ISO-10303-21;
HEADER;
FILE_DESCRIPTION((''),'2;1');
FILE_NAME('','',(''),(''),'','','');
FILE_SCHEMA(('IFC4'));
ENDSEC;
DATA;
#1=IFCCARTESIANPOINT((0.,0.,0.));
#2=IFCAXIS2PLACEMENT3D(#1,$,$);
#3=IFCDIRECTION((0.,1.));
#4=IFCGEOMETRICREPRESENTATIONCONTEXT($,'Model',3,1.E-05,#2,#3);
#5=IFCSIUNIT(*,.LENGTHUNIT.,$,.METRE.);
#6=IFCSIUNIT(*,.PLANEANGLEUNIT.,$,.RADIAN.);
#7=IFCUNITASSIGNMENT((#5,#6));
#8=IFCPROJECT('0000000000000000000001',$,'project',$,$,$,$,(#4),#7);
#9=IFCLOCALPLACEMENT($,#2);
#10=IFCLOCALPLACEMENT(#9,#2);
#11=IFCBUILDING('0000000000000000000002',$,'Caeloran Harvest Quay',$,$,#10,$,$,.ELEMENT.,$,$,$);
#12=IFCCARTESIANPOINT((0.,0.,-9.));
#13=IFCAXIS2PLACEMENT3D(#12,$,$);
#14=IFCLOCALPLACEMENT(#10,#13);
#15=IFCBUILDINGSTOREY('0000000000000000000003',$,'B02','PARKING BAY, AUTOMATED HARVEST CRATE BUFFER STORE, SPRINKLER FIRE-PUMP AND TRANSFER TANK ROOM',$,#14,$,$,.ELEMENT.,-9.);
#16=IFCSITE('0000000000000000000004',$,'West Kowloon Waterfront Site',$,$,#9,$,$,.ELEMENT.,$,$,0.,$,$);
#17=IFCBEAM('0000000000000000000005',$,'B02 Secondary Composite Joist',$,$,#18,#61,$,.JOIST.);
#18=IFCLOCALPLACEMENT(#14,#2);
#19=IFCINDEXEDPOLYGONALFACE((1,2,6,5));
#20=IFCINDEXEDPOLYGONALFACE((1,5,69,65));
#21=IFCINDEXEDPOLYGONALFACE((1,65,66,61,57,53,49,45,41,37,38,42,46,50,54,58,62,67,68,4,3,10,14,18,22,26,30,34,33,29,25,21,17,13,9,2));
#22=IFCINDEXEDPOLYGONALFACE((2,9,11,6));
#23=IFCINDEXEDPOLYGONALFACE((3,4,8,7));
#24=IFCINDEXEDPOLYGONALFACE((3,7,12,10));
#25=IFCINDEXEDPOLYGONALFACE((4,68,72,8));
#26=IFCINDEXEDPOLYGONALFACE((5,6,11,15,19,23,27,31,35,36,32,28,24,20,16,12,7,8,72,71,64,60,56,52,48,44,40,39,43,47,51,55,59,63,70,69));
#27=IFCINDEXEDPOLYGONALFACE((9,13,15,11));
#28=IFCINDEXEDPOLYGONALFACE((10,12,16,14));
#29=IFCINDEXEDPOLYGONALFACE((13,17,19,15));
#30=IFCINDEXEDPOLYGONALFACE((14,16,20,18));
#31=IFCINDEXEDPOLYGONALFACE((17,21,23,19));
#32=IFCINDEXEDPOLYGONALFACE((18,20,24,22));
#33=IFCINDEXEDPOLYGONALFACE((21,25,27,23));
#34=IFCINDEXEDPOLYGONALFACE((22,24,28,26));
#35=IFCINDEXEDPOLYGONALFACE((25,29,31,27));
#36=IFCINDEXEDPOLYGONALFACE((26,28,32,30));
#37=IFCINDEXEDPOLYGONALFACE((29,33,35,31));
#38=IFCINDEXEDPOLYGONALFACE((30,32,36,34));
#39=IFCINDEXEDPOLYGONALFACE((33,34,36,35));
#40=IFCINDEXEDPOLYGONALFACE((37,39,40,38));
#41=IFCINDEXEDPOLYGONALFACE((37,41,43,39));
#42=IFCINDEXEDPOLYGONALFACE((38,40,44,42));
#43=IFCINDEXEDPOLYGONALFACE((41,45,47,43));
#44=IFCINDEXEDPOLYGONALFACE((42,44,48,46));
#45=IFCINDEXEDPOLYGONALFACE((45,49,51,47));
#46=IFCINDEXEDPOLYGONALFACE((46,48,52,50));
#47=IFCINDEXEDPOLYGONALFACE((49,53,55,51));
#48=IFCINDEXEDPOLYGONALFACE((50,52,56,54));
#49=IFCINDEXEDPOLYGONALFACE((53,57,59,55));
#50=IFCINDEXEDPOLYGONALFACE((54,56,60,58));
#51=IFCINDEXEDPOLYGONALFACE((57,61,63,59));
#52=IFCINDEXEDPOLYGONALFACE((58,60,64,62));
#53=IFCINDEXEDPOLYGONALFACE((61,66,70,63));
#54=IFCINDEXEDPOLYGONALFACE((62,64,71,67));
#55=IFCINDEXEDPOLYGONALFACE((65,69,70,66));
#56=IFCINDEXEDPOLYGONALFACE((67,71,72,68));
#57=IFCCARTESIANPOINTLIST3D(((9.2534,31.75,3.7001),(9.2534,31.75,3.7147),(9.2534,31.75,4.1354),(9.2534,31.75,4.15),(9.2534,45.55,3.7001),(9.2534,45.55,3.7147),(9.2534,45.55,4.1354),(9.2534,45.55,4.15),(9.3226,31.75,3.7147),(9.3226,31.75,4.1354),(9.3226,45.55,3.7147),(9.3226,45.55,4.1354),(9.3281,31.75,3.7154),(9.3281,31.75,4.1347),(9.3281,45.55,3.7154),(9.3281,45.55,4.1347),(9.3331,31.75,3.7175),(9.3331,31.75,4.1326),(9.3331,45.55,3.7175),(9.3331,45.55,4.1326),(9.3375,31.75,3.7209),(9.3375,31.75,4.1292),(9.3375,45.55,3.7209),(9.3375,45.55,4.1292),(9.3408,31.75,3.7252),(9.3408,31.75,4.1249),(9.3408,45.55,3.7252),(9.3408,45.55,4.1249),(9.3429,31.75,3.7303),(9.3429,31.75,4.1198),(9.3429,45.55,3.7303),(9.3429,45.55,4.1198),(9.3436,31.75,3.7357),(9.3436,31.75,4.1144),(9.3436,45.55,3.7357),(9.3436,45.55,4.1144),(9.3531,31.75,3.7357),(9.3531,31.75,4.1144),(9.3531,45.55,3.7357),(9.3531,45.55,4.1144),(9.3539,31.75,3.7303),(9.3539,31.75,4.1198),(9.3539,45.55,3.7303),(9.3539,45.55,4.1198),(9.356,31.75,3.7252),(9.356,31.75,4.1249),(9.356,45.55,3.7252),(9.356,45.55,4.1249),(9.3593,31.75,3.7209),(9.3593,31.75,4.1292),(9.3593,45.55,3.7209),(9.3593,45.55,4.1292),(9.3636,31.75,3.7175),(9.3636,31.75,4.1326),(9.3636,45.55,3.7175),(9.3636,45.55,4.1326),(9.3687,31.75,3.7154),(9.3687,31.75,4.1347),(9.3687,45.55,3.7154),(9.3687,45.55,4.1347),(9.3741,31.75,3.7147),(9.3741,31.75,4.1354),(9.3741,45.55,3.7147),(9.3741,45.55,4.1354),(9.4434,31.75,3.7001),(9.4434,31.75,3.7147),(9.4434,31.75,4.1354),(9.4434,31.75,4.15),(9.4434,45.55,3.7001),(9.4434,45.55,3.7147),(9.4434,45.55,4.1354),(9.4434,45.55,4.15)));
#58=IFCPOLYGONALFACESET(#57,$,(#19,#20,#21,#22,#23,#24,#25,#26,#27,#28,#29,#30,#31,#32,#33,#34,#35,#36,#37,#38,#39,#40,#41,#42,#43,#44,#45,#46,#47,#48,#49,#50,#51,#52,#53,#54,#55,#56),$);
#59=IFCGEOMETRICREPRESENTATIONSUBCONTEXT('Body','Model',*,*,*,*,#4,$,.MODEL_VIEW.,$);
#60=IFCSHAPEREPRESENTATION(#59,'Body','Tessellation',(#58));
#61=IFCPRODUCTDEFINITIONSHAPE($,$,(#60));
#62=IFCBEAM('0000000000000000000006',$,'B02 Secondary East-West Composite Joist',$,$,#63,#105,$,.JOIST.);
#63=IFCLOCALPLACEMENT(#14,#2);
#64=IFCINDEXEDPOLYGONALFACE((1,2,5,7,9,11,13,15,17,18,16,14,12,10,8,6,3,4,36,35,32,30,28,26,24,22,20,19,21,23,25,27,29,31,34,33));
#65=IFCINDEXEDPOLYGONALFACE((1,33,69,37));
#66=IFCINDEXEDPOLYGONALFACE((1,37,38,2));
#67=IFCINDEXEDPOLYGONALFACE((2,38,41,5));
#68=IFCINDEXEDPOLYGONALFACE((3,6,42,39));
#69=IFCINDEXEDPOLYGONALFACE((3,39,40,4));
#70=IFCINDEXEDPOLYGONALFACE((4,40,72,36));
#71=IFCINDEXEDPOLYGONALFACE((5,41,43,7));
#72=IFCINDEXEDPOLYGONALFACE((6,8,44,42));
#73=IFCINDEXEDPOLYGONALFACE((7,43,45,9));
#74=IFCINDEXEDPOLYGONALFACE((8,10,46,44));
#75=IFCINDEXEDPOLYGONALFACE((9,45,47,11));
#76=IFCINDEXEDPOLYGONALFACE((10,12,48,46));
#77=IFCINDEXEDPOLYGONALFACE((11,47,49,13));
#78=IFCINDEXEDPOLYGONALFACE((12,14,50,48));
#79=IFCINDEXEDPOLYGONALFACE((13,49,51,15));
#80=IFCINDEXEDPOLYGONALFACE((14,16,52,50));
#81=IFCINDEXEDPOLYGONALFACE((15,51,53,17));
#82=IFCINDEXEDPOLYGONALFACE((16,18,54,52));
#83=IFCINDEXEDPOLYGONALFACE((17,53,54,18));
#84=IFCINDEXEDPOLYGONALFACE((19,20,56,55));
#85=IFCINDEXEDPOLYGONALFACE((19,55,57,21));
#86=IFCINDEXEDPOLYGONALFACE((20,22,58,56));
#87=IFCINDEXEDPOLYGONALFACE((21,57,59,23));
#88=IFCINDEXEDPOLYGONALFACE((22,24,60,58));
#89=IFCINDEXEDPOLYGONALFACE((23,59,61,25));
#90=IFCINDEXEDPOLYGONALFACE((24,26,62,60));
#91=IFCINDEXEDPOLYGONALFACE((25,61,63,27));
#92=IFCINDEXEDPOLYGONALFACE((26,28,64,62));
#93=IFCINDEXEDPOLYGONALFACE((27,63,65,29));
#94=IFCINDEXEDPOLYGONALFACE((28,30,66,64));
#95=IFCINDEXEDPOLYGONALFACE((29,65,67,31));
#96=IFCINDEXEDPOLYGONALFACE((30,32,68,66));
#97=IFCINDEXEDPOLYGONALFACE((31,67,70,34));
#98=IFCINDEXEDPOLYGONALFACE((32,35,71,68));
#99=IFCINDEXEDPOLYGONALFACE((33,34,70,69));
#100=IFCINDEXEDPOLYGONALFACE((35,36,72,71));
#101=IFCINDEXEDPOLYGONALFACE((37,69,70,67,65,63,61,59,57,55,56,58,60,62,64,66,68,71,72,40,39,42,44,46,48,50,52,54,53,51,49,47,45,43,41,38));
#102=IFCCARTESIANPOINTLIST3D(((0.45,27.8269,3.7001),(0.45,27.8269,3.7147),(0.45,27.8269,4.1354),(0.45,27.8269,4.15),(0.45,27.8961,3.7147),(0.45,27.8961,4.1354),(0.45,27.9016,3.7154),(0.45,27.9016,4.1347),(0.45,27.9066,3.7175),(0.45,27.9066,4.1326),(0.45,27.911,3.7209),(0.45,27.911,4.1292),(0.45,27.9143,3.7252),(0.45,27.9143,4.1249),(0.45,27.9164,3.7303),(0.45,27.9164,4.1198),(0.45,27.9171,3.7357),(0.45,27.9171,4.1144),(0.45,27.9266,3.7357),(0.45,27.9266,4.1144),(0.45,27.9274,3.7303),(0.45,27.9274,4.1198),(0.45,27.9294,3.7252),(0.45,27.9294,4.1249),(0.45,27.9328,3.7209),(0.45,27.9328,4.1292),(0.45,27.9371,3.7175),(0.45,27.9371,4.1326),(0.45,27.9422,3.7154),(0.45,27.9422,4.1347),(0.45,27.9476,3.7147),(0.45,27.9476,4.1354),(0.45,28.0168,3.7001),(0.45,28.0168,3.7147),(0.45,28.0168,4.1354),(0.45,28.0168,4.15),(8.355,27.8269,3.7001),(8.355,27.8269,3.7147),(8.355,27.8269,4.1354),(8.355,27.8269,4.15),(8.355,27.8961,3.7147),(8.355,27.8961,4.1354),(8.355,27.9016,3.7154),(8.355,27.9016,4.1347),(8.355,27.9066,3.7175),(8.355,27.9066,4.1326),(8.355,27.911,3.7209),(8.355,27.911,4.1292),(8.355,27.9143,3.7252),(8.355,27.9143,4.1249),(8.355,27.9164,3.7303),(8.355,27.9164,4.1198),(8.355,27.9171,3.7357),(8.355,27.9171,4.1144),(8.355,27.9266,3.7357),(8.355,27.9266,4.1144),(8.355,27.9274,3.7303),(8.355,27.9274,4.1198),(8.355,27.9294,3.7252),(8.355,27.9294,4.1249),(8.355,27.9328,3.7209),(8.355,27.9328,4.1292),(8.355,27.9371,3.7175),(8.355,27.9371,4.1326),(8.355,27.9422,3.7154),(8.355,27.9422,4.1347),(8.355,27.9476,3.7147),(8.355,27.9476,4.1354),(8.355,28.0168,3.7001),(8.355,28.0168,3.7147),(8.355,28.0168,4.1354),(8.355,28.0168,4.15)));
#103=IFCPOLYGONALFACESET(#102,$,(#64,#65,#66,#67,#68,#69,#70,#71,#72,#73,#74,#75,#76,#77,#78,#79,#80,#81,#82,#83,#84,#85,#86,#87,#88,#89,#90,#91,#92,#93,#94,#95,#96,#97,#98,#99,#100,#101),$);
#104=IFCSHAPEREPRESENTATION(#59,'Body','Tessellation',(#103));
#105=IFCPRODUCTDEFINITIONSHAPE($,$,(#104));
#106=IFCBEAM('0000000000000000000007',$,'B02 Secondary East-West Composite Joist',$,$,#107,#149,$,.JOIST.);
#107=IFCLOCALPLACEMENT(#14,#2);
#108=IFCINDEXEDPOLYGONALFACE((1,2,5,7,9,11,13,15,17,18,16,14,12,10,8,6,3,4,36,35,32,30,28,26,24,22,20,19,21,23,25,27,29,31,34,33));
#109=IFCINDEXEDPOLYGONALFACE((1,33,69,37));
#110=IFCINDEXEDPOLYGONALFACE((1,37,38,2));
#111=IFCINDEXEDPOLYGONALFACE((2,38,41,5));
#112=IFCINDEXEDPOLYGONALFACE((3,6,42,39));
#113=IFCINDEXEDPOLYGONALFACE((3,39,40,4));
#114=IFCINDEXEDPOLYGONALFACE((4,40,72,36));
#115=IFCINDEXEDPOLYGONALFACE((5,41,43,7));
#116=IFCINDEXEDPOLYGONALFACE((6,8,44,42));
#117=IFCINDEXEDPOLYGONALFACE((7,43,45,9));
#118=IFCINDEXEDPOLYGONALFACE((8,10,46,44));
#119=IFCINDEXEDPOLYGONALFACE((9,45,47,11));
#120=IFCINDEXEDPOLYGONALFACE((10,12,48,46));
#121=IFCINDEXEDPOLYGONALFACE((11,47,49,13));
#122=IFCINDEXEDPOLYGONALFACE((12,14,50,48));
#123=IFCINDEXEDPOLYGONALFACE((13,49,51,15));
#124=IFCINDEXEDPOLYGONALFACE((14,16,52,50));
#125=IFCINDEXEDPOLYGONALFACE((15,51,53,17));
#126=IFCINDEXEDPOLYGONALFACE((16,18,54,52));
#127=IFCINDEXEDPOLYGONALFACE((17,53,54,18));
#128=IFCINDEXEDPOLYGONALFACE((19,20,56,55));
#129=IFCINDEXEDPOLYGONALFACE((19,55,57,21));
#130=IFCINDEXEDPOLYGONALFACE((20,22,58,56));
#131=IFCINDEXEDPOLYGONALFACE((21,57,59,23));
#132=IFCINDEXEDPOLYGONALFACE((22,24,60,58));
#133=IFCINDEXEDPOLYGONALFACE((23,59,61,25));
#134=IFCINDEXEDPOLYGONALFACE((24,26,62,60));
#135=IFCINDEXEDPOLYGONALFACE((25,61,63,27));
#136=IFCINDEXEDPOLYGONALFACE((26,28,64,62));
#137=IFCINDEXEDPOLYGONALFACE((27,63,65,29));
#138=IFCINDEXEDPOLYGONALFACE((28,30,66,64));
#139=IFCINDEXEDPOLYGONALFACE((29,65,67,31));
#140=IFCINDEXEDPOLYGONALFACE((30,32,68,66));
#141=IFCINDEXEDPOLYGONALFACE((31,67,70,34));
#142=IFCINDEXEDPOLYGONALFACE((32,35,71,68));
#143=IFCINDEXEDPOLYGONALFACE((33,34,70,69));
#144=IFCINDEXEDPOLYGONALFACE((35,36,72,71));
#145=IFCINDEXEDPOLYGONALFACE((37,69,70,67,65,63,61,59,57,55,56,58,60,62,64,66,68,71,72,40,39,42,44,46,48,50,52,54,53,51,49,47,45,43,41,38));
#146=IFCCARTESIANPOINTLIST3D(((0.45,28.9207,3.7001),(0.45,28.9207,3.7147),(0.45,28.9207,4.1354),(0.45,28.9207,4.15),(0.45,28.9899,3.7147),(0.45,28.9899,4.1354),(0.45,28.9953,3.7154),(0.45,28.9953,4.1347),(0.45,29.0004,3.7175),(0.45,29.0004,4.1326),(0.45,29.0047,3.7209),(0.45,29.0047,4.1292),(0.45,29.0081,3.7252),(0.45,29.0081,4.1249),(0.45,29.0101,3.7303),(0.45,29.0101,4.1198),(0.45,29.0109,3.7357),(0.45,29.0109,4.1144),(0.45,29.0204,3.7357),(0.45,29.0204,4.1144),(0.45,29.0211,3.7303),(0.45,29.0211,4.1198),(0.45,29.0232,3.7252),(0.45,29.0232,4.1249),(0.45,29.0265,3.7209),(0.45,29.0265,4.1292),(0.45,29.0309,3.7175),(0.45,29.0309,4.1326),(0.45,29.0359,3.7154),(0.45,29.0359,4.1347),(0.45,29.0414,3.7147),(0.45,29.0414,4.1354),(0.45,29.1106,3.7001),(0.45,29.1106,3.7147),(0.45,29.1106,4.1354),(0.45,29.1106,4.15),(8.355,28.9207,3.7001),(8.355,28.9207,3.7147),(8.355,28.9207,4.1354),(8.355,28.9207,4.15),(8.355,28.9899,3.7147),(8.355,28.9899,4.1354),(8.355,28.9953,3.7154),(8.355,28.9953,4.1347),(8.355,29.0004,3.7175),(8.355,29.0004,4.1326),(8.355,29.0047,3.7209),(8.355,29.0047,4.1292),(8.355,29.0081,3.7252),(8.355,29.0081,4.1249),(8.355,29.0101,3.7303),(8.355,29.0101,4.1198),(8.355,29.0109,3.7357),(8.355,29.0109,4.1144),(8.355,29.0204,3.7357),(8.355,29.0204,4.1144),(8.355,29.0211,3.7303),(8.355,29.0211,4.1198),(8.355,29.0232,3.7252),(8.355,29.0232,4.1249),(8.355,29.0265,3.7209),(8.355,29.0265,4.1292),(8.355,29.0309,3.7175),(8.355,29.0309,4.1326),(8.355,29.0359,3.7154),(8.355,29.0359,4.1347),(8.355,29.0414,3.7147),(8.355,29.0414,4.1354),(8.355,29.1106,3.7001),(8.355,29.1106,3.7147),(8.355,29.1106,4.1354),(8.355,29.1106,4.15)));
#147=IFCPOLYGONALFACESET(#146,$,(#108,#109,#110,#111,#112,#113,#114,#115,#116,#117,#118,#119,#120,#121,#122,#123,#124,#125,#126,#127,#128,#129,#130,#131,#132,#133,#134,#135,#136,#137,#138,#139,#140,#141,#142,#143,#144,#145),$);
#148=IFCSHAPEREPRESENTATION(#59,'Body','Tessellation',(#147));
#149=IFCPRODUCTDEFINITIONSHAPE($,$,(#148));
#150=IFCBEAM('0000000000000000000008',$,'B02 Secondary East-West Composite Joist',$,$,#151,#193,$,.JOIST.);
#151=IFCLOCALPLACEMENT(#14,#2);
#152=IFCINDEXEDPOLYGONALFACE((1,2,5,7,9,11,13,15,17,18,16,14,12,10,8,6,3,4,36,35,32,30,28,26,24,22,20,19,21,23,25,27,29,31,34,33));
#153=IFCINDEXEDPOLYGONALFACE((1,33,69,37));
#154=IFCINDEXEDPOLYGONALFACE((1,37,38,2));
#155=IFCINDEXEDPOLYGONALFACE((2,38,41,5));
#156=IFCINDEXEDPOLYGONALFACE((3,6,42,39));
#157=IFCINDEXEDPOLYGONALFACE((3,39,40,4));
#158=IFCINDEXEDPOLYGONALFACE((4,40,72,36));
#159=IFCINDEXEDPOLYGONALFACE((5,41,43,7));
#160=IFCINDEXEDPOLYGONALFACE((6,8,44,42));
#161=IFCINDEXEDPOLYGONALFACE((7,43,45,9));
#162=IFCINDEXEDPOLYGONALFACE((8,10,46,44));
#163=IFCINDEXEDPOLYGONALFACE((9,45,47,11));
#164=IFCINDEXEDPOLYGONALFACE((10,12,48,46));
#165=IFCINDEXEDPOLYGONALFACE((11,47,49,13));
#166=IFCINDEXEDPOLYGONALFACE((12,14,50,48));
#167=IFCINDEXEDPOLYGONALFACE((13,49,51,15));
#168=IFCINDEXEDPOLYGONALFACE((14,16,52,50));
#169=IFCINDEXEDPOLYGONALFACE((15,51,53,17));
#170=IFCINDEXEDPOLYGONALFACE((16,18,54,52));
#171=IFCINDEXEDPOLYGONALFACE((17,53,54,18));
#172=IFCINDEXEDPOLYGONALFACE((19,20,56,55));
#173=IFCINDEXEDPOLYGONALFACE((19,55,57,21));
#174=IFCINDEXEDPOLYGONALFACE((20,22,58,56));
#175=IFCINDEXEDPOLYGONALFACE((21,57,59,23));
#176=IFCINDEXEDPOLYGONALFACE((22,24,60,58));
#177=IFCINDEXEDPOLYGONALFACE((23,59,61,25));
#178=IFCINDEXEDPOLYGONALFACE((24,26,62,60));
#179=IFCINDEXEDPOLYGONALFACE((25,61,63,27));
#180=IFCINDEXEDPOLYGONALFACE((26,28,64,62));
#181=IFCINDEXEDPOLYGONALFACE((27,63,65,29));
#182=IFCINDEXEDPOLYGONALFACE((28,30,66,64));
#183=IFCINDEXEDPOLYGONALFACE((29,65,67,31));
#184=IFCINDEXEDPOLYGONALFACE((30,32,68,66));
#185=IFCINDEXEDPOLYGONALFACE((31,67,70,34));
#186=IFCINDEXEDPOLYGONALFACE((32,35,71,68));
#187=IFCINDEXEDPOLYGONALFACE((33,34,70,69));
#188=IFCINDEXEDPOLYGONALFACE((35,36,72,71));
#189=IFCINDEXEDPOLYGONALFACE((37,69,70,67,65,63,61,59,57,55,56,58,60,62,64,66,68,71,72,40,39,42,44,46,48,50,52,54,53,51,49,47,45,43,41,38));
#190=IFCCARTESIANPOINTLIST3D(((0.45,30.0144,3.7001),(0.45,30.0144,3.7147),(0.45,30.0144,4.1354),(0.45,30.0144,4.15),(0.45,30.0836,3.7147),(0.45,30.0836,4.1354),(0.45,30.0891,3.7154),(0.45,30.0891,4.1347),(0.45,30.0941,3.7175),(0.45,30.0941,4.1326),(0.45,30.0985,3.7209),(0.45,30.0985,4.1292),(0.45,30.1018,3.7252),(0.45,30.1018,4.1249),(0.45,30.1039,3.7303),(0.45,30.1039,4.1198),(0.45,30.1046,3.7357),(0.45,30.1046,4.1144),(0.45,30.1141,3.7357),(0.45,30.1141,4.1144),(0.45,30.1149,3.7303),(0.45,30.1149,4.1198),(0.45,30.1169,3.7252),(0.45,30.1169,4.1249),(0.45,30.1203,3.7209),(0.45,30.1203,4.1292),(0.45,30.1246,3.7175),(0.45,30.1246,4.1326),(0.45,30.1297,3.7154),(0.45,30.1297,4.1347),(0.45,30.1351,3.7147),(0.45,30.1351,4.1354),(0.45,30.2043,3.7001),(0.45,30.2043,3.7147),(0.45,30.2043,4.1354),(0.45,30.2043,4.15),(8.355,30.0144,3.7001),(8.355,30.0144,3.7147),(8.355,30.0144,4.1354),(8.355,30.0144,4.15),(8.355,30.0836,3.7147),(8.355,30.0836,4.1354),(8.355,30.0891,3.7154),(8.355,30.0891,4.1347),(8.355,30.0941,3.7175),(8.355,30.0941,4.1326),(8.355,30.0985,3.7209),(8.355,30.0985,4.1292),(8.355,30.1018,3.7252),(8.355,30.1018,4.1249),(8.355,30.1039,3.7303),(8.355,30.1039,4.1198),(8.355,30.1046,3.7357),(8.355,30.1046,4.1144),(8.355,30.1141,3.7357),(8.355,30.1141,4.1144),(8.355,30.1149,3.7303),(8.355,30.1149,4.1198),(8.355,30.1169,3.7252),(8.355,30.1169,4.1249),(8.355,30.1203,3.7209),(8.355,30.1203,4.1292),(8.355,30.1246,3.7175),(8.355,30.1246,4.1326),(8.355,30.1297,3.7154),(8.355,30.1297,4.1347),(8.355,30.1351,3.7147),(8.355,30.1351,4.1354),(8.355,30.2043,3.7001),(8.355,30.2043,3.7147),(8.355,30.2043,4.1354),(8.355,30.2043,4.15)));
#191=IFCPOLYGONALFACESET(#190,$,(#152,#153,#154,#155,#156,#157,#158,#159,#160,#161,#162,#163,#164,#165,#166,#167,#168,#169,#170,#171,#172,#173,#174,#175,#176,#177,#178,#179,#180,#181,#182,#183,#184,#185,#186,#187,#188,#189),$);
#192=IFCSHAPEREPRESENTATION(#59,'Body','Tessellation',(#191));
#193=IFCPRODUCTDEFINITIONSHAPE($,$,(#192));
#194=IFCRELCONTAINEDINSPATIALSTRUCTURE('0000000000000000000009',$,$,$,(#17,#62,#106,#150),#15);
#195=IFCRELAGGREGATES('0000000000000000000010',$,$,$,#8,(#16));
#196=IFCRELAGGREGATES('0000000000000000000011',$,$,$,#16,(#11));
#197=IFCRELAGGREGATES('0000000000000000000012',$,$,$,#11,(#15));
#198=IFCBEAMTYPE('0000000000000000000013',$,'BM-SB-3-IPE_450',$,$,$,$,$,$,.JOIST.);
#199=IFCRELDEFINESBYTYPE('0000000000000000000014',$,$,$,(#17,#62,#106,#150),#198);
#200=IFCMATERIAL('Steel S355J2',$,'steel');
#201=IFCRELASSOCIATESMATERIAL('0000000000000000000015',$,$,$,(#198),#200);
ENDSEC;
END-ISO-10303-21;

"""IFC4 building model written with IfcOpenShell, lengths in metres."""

from ifc_helpers import new_model, si_unit, direction, frame, origin, origin_2d, place, context, subcontext, project, spatial, i_section, extrude, material, material_profile, profile_set, type_object, element, save


model = new_model("IFC4")

# Units and contexts
model_context = context("Model", 3, precision=1e-05, world=origin(), true_north=direction((0.0, 1.0)))
body_context = subcontext(model_context, "Body", "Model", "MODEL_VIEW")
ifc_project = project(units=[si_unit("LENGTHUNIT", "METRE"), si_unit("PLANEANGLEUNIT", "RADIAN")], contexts=[model_context])

# Site, building, storey
site_placement = place(None, origin())
site = spatial("IfcSite", under=ifc_project, at=site_placement, Name="West Kowloon Waterfront Site", CompositionType="ELEMENT", RefElevation=0.0)
building_placement = place(site_placement, origin())
building = spatial("IfcBuilding", under=site, at=building_placement, Name="Caeloran Harvest Quay", CompositionType="ELEMENT")
storey_placement = place(building_placement, frame((0.0, 0.0, -9.0)))
storey = spatial("IfcBuildingStorey", under=building, at=storey_placement, Name="B02", Description="PARKING BAY, AUTOMATED HARVEST CRATE BUFFER STORE, SPRINKLER FIRE-PUMP AND TRANSFER TANK ROOM", CompositionType="ELEMENT", Elevation=-9.0)

# Beams
ifc_material_1 = material(Name="Steel S355J2", Category="steel")
ifc_material_profile_1 = material_profile(ifc_material_1, i_section(OverallWidth=0.1899, OverallDepth=0.45, WebThickness=0.0095, FlangeThickness=0.0146, FilletRadius=0.021, at=origin_2d()), Name="IPE 450")
ifc_profile_set_1 = profile_set([ifc_material_profile_1], Name="Steel S355J2")
beam_type_1 = type_object("IfcBeamType", Name="BM-SB-3-IPE_450", PredefinedType="JOIST", material=ifc_profile_set_1)
for number, where, z_axis, x_axis, name in (
    (1, (9.3484, 31.75, 3.925), (0.0, 1.0, 0.0), (-1.0, 0.0, 0.0), "B02 Secondary Composite Joist"),
):
    element("IfcBeam", number, at=place(storey_placement, frame(where, z_axis=z_axis, x_axis=x_axis)), inside=storey, type_object=beam_type_1, Name=name, PredefinedType="JOIST", context=body_context, shape_type="SweptSolid", body=[
        extrude(i_section(OverallWidth=0.1899, OverallDepth=0.45, WebThickness=0.0095, FlangeThickness=0.0146, FilletRadius=0.021, at=origin_2d()), origin(), (0.0, 0.0, 1.0), 13.8),
    ])
for number, where, z_axis, x_axis, name in (
    (2, (0.45, 27.9219, 3.925), (1.0, 0.0, 0.0), (0.0, 1.0, 0.0), "B02 Secondary East-West Composite Joist"),
    (3, (0.45, 29.0156, 3.925), (1.0, 0.0, 0.0), (0.0, 1.0, 0.0), "B02 Secondary East-West Composite Joist"),
    (4, (0.45, 30.1094, 3.925), (1.0, 0.0, 0.0), (0.0, 1.0, 0.0), "B02 Secondary East-West Composite Joist"),
):
    element("IfcBeam", number, at=place(storey_placement, frame(where, z_axis=z_axis, x_axis=x_axis)), inside=storey, type_object=beam_type_1, Name=name, PredefinedType="JOIST", context=body_context, shape_type="SweptSolid", body=[
        extrude(i_section(OverallWidth=0.1899, OverallDepth=0.45, WebThickness=0.0095, FlangeThickness=0.0146, FilletRadius=0.021, at=origin_2d()), origin(), (0.0, 0.0, 1.0), 7.905),
    ])

save(model, "model.ifc")
